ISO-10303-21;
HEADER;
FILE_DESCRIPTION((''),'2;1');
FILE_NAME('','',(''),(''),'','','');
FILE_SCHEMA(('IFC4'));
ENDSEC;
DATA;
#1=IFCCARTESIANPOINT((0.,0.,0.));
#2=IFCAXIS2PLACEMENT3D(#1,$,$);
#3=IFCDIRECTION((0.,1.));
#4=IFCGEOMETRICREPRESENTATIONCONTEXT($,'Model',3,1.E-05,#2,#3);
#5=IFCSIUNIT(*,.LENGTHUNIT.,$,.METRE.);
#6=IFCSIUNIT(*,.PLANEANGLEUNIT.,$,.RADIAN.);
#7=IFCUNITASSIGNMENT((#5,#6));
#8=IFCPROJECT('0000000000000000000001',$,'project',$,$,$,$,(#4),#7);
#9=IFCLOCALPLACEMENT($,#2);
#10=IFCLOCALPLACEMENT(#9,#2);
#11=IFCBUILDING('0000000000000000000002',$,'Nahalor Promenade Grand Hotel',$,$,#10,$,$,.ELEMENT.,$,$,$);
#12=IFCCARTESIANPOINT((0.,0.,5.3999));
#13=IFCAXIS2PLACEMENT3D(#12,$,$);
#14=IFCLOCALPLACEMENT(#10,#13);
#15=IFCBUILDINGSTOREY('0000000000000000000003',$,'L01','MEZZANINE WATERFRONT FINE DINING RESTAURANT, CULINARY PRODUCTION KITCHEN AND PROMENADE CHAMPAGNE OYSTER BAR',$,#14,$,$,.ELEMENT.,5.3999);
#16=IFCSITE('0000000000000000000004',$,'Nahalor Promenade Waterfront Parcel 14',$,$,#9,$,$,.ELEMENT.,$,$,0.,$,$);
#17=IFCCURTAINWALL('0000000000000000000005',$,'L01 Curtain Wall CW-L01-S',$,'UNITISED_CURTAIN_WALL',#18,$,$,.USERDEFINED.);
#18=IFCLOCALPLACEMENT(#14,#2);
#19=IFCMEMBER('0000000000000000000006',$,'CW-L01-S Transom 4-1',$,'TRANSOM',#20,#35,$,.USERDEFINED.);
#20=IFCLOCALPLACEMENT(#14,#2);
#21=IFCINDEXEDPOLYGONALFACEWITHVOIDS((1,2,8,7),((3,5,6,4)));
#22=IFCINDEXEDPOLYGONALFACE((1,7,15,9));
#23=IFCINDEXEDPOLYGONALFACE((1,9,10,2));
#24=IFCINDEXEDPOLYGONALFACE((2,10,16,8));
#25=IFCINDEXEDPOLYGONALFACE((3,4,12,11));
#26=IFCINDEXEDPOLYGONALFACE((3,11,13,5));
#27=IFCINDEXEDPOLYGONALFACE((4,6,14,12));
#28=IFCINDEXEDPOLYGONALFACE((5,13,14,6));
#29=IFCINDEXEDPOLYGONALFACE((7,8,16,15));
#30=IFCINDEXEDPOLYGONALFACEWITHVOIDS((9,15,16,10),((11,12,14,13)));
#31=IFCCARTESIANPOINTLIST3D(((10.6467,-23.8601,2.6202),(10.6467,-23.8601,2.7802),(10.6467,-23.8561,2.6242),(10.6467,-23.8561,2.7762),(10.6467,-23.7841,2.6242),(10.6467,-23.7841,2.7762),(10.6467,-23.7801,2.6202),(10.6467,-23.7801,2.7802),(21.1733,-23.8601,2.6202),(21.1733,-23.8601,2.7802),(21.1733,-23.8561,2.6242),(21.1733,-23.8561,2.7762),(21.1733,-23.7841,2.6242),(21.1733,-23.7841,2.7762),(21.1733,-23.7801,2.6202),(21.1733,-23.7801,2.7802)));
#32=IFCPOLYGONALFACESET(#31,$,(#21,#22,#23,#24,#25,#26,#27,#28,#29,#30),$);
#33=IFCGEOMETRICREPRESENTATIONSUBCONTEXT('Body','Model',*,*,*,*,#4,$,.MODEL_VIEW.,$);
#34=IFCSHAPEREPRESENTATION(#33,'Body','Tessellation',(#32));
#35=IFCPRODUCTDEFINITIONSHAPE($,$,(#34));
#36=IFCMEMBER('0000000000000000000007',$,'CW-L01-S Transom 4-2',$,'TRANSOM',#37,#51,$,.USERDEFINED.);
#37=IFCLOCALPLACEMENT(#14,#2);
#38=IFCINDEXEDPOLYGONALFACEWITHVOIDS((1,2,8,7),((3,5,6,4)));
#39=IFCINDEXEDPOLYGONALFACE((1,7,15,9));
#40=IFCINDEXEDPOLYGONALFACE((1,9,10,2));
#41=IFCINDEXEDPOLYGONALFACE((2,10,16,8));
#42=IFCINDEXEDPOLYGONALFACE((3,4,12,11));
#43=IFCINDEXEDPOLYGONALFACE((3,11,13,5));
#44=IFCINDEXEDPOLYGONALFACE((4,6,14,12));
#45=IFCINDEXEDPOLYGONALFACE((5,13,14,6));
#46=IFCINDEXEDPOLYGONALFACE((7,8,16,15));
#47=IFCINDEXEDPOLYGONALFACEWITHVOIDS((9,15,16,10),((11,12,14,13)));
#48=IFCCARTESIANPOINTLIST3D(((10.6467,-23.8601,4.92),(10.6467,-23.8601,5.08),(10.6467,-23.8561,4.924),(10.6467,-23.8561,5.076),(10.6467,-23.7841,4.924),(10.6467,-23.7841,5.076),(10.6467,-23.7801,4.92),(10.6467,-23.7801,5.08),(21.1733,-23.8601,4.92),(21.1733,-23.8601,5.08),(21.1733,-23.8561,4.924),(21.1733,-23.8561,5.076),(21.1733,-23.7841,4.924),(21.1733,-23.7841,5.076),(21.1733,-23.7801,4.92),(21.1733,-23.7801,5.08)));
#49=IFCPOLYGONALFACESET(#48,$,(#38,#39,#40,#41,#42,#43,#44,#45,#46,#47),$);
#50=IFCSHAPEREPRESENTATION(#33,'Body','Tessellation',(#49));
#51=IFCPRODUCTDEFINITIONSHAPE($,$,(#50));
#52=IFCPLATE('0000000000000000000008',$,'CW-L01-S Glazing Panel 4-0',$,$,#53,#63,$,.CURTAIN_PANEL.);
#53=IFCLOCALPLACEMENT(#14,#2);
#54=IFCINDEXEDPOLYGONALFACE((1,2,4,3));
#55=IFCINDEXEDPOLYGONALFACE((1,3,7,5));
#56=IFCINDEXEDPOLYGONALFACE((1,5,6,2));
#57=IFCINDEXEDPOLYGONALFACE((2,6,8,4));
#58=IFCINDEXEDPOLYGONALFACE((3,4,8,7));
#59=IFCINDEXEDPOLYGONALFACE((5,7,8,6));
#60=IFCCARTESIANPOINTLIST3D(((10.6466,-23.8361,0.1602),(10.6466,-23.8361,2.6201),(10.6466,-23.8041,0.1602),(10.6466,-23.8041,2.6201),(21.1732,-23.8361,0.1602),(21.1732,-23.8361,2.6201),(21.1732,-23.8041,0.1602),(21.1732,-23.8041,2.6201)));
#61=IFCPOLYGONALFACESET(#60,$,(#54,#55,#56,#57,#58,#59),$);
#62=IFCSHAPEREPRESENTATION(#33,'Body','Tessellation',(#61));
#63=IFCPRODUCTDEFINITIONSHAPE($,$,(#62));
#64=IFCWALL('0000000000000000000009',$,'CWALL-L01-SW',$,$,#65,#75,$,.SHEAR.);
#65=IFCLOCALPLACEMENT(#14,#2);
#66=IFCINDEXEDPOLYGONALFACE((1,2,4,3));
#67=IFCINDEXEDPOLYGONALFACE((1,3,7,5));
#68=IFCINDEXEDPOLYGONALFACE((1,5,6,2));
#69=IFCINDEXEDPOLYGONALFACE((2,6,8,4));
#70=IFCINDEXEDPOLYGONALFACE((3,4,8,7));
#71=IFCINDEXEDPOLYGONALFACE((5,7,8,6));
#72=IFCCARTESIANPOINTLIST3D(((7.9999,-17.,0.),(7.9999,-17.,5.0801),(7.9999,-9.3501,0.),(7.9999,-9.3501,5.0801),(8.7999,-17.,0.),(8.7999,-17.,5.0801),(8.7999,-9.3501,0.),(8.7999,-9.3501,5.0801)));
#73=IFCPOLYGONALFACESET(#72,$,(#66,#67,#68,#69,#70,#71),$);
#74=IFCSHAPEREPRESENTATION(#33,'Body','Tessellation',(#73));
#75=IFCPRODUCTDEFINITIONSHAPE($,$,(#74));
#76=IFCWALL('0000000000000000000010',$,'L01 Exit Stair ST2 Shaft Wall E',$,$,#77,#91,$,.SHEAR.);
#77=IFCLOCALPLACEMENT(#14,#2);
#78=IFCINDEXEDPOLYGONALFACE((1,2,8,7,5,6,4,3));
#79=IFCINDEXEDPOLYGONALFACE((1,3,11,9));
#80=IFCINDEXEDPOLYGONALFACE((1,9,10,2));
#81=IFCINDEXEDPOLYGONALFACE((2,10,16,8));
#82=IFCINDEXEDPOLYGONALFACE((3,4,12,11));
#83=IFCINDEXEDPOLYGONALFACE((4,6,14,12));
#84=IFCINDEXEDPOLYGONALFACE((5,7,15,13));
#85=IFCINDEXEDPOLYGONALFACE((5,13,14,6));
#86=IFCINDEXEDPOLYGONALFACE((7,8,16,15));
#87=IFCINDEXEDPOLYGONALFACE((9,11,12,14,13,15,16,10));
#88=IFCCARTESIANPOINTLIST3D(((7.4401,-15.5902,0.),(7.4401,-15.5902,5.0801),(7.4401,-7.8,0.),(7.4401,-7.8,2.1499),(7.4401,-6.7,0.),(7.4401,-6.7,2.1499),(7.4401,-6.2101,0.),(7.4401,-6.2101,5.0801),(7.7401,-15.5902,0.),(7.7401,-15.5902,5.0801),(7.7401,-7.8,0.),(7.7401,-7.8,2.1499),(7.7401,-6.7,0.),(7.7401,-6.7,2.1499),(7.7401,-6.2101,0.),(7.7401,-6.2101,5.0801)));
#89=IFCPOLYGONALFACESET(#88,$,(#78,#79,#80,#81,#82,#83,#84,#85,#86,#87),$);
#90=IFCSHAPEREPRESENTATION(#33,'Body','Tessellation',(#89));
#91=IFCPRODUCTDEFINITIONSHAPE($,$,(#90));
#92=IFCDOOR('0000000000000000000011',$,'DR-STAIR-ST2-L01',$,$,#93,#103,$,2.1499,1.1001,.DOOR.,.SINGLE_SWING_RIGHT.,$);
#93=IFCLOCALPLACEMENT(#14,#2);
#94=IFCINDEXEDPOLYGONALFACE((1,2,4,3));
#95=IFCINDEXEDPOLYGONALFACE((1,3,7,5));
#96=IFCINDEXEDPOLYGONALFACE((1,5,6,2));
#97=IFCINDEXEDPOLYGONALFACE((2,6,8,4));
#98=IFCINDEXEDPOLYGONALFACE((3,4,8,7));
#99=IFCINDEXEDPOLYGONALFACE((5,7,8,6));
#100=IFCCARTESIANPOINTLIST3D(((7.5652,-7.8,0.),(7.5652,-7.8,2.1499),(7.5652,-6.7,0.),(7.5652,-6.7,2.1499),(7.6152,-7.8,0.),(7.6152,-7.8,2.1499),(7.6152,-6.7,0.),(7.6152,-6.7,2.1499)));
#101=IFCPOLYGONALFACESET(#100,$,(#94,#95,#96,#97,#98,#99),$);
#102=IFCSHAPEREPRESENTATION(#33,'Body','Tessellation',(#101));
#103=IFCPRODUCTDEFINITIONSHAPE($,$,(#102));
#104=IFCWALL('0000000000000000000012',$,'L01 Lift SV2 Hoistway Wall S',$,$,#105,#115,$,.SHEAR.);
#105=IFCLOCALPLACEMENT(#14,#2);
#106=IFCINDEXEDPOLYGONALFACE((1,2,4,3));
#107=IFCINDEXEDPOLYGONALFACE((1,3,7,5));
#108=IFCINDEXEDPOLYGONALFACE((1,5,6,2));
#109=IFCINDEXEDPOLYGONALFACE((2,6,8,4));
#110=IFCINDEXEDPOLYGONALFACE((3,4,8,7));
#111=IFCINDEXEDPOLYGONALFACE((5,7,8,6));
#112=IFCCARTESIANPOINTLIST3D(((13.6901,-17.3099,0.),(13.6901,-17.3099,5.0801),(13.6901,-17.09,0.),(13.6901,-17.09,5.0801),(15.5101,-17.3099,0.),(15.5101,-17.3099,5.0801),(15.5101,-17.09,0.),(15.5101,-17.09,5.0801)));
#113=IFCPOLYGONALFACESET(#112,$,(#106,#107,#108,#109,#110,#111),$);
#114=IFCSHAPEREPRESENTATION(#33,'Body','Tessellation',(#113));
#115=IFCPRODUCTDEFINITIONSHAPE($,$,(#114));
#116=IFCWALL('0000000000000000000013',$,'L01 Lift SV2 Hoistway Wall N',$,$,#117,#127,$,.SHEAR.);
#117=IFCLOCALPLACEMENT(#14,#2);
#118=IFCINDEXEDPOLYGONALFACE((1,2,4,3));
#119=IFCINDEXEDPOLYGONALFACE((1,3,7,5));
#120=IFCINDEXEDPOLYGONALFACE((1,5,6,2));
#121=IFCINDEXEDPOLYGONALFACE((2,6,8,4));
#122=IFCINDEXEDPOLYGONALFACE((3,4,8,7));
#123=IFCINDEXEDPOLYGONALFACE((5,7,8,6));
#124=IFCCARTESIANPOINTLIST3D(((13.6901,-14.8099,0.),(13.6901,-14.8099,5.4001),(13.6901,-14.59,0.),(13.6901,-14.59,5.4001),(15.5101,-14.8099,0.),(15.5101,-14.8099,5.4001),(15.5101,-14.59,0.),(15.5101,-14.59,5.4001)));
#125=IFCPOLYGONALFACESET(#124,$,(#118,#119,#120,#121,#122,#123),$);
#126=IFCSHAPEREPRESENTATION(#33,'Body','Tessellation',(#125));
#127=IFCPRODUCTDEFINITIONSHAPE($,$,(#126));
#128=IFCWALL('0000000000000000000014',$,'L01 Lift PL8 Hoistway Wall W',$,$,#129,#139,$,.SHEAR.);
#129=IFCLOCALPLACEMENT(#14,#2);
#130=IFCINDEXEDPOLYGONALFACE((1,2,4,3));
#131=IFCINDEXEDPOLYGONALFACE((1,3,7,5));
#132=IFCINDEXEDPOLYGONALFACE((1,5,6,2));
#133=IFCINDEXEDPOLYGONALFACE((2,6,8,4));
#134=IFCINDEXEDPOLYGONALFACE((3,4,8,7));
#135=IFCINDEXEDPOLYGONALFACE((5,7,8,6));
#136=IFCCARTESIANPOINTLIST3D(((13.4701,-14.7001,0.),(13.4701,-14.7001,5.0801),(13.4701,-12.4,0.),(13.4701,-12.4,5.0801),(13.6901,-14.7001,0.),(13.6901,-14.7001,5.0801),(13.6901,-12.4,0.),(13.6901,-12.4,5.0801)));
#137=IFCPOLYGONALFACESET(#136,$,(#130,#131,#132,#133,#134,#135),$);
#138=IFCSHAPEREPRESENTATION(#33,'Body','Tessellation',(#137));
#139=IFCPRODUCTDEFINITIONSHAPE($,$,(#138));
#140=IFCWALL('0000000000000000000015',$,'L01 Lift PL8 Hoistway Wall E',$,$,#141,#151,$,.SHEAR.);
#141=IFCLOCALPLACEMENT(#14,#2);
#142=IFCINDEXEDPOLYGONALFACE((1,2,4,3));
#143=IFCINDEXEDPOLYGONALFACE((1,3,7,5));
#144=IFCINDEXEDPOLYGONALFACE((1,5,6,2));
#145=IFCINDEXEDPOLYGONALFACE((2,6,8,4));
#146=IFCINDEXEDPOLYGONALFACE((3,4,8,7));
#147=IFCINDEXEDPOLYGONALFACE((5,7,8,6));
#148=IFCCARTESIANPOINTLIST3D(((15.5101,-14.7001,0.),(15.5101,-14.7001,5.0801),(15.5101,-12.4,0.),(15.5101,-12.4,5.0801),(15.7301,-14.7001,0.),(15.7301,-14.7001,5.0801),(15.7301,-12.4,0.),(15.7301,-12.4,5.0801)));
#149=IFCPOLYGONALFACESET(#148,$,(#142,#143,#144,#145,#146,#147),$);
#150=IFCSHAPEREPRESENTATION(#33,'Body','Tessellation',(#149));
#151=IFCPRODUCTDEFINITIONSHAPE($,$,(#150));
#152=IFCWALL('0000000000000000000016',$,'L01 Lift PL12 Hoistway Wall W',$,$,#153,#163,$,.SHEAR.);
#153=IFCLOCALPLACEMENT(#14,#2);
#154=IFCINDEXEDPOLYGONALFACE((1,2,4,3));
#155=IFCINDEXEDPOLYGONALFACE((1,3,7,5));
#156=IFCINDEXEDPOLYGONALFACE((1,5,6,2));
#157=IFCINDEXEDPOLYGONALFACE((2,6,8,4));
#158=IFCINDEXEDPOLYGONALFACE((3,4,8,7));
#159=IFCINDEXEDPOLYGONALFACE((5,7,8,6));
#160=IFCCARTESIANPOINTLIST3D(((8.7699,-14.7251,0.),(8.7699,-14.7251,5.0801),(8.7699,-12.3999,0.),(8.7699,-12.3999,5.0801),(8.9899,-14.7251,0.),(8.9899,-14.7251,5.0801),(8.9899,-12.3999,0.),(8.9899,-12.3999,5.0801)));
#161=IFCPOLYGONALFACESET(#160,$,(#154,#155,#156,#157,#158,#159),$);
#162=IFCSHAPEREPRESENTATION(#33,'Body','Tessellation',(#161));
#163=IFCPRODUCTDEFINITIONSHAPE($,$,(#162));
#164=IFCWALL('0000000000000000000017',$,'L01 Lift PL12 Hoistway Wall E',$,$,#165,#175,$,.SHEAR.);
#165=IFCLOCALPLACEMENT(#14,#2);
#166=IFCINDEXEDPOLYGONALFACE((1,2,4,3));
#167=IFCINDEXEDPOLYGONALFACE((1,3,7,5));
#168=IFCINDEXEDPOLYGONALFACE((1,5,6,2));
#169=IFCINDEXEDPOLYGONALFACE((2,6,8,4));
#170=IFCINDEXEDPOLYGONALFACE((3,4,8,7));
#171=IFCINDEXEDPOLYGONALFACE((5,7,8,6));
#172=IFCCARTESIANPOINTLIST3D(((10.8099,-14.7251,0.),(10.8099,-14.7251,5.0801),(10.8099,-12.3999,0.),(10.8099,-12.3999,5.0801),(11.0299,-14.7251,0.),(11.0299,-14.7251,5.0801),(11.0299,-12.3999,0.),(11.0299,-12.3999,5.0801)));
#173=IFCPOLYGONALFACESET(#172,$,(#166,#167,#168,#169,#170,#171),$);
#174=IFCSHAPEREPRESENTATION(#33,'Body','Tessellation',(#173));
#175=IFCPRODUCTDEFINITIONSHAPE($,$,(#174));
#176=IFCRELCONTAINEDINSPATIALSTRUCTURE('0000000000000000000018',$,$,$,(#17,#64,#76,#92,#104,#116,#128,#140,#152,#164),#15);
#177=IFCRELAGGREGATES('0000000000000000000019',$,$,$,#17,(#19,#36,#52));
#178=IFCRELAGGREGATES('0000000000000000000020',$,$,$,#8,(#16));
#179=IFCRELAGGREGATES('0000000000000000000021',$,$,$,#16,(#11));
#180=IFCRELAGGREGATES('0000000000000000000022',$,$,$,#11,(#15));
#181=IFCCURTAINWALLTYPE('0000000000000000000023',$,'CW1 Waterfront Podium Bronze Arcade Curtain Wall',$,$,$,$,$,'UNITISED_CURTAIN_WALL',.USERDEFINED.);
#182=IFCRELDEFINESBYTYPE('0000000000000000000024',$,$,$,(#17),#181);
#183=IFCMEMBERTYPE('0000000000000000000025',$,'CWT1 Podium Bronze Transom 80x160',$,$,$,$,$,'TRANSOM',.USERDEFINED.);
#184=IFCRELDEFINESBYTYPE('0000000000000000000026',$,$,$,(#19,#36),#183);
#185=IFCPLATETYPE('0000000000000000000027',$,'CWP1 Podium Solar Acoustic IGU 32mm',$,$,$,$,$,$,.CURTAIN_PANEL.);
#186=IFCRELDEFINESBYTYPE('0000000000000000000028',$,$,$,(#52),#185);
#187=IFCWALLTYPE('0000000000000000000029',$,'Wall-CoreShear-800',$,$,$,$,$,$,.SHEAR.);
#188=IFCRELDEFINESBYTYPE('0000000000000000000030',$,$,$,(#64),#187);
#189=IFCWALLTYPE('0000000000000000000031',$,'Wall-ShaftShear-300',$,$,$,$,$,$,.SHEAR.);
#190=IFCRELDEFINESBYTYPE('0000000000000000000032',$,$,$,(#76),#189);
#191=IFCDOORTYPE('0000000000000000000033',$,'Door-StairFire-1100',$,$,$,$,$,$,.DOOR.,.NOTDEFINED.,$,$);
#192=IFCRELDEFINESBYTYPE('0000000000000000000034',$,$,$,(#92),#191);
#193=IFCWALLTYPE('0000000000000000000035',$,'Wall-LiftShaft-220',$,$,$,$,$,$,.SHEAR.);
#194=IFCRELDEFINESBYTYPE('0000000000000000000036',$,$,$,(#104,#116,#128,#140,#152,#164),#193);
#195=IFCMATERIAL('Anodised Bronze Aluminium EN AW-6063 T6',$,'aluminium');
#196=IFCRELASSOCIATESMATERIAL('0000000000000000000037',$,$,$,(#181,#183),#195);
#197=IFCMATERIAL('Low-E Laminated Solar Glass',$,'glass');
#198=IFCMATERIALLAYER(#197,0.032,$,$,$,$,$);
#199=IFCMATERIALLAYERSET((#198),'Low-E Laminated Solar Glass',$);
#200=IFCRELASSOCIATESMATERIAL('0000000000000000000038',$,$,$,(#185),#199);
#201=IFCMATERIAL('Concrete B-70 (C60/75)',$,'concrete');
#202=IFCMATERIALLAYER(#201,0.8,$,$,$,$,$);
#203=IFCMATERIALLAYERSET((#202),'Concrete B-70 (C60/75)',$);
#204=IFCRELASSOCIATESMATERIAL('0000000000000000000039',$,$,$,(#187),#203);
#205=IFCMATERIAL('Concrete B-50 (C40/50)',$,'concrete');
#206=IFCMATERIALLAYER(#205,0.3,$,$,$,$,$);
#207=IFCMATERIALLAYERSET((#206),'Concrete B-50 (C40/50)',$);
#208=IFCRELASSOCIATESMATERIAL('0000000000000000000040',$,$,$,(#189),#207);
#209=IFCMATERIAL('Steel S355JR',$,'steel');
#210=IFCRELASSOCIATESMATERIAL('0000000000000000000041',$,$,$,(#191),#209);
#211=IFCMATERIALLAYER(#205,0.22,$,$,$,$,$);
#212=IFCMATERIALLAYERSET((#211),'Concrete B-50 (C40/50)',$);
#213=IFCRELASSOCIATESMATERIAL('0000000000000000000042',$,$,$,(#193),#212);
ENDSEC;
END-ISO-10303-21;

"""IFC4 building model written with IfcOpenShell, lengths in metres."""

from ifc_helpers import new_model, si_unit, direction, frame, frame_2d, origin, origin_2d, place, context, subcontext, project, spatial, rectangle, hollow_rectangle, extrude, source, transform, mapped, material, layer, layer_set, material_profile, profile_set, type_object, element, fill, aggregate, save


model = new_model("IFC4")

# Units and contexts
model_context = context("Model", 3, precision=1e-05, world=origin(), true_north=direction((0.0, 1.0)))
body_context = subcontext(model_context, "Body", "Model", "MODEL_VIEW")
ifc_project = project(units=[si_unit("LENGTHUNIT", "METRE"), si_unit("PLANEANGLEUNIT", "RADIAN")], contexts=[model_context])

# Site, building, storey
site_placement = place(None, origin())
site = spatial("IfcSite", under=ifc_project, at=site_placement, Name="Nahalor Promenade Waterfront Parcel 14", CompositionType="ELEMENT", RefElevation=0.0)
building_placement = place(site_placement, origin())
building = spatial("IfcBuilding", under=site, at=building_placement, Name="Nahalor Promenade Grand Hotel", CompositionType="ELEMENT")
storey_placement = place(building_placement, frame((0.0, 0.0, 5.3999)))
storey = spatial("IfcBuildingStorey", under=building, at=storey_placement, Name="L01", Description="MEZZANINE WATERFRONT FINE DINING RESTAURANT, CULINARY PRODUCTION KITCHEN AND PROMENADE CHAMPAGNE OYSTER BAR", CompositionType="ELEMENT", Elevation=5.3999)

# Shared definitions
ifc_material_1 = material(Name="Concrete B-70 (C60/75)", Category="concrete")

# Shared definitions
ifc_material_2 = material(Name="Steel S355JR", Category="steel")

# Curtain wall, members, plate
ifc_material_3 = material(Name="Anodised Bronze Aluminium EN AW-6063 T6", Category="aluminium")
curtain_wall_type = type_object("IfcCurtainWallType", Name="CW1 Waterfront Podium Bronze Arcade Curtain Wall", ElementType="UNITISED_CURTAIN_WALL", PredefinedType="USERDEFINED", material=ifc_material_3)
curtain_wall_placement = place(storey_placement, origin())
curtain_wall = element("IfcCurtainWall", 1, at=curtain_wall_placement, inside=storey, type_object=curtain_wall_type, Name="L01 Curtain Wall CW-L01-S", ObjectType="UNITISED_CURTAIN_WALL", PredefinedType="USERDEFINED")
ifc_material_profile_1 = material_profile(ifc_material_3, hollow_rectangle(XDim=0.08, YDim=0.16, WallThickness=0.004, at=origin_2d()), Name="CWT 80x160x4")
ifc_profile_set_1 = profile_set([ifc_material_profile_1], Name="Anodised Bronze Aluminium EN AW-6063 T6")
member_type_1 = type_object("IfcMemberType", Name="CWT1 Podium Bronze Transom 80x160", ElementType="TRANSOM", PredefinedType="USERDEFINED", material=ifc_profile_set_1)
shared_shape_1 = source(origin(), body_context, "Body", "SweptSolid", [
    extrude(hollow_rectangle(XDim=0.08, YDim=0.16, WallThickness=0.004, at=origin_2d()), origin(), (0.0, 0.0, 1.0), 10.5266),
])
member_1_placement = place(storey_placement, frame((10.6467, -23.8201, 2.7002), z_axis=(1.0, 0.0, 0.0), x_axis=(0.0, 1.0, 0.0)))
member_1 = element("IfcMember", 2, at=member_1_placement, type_object=member_type_1, Name="CW-L01-S Transom 4-1", ObjectType="TRANSOM", PredefinedType="USERDEFINED", context=body_context, shape_type="MappedRepresentation", body=[
    mapped(shared_shape_1, transform((0.0, 0.0, 0.0), scale=1.0)),
])
member_2_placement = place(storey_placement, frame((10.6467, -23.8201, 5.0), z_axis=(1.0, 0.0, 0.0), x_axis=(0.0, 1.0, 0.0)))
member_2 = element("IfcMember", 3, at=member_2_placement, type_object=member_type_1, Name="CW-L01-S Transom 4-2", ObjectType="TRANSOM", PredefinedType="USERDEFINED", context=body_context, shape_type="MappedRepresentation", body=[
    mapped(shared_shape_1, transform((0.0, 0.0, 0.0), scale=1.0)),
])
ifc_material_4 = material(Name="Low-E Laminated Solar Glass", Category="glass")
ifc_layer_1 = layer(ifc_material_4, 0.032)
ifc_layer_set_1 = layer_set([ifc_layer_1], Name="Low-E Laminated Solar Glass")
plate_type = type_object("IfcPlateType", Name="CWP1 Podium Solar Acoustic IGU 32mm", PredefinedType="CURTAIN_PANEL", material=ifc_layer_set_1)
shared_shape_2 = source(origin(), body_context, "Body", "SweptSolid", [
    extrude(rectangle(XDim=10.5266, YDim=0.032, at=origin_2d()), origin(), (0.0, 0.0, 1.0), 2.46),
])
plate_placement = place(storey_placement, frame((15.9099, -23.8201, 0.1602), z_axis=(0.0, 0.0, 1.0), x_axis=(1.0, 0.0, 0.0)))
plate = element("IfcPlate", 4, at=plate_placement, type_object=plate_type, Name="CW-L01-S Glazing Panel 4-0", PredefinedType="CURTAIN_PANEL", context=body_context, shape_type="MappedRepresentation", body=[
    mapped(shared_shape_2, transform((0.0, 0.0, 0.0), scale=1.0)),
])
aggregate(curtain_wall, [member_1, member_2, plate])

# Wall
ifc_layer_2 = layer(ifc_material_1, 0.8)
ifc_layer_set_2 = layer_set([ifc_layer_2], Name="Concrete B-70 (C60/75)")
wall_type_1 = type_object("IfcWallType", Name="Wall-CoreShear-800", PredefinedType="SHEAR", material=ifc_layer_set_2)
shared_shape_3 = source(origin(), body_context, "Body", "SweptSolid", [
    extrude(rectangle(XDim=7.6499, YDim=0.8, at=frame_2d((3.825, 0.0))), origin(), (0.0, 0.0, 1.0), 5.0801),
])
wall_1_placement = place(storey_placement, frame((8.3999, -17.0, 0.0), z_axis=(0.0, 0.0, 1.0), x_axis=(0.0, 1.0, 0.0)))
element("IfcWall", 5, at=wall_1_placement, inside=storey, type_object=wall_type_1, Name="CWALL-L01-SW", PredefinedType="SHEAR", context=body_context, shape_type="MappedRepresentation", body=[
    mapped(shared_shape_3, transform((0.0, 0.0, 0.0), scale=1.0)),
])

# Wall, opening, door
ifc_material_5 = material(Name="Concrete B-50 (C40/50)", Category="concrete")
ifc_layer_3 = layer(ifc_material_5, 0.3)
ifc_layer_set_3 = layer_set([ifc_layer_3], Name="Concrete B-50 (C40/50)")
wall_type_2 = type_object("IfcWallType", Name="Wall-ShaftShear-300", PredefinedType="SHEAR", material=ifc_layer_set_3)
shared_shape_4 = source(origin(), body_context, "Body", "SweptSolid", [
    extrude(rectangle(XDim=9.3801, YDim=0.3, at=frame_2d((4.6899, 0.0))), origin(), (0.0, 0.0, 1.0), 5.0801),
])
wall_2_placement = place(storey_placement, frame((7.5901, -15.5901, 0.0), z_axis=(0.0, 0.0, 1.0), x_axis=(0.0, 1.0, 0.0)))
wall_2 = element("IfcWall", 6, at=wall_2_placement, inside=storey, type_object=wall_type_2, Name="L01 Exit Stair ST2 Shaft Wall E", PredefinedType="SHEAR", context=body_context, shape_type="MappedRepresentation", body=[
    mapped(shared_shape_4, transform((0.0, 0.0, 0.0), scale=1.0)),
])
opening_1_placement = place(wall_2_placement, frame((7.79, 0.0, 0.0)))
opening_1 = element("IfcOpeningElement", 7, at=opening_1_placement, cuts=wall_2, PredefinedType="OPENING", context=body_context, shape_type="SweptSolid", body=[
    extrude(rectangle(XDim=1.1001, YDim=2.1499, at=frame_2d((0.55, 1.075))), frame((0.0, 0.1599, 0.0), z_axis=(0.0, -1.0, 0.0), x_axis=(1.0, 0.0, 0.0)), (0.0, 0.0, 1.0), 0.3201),
])
door_type_1 = type_object("IfcDoorType", Name="Door-StairFire-1100", OperationType="NOTDEFINED", PredefinedType="DOOR", material=ifc_material_2)
shared_shape_5 = source(origin(), body_context, "Body", "SweptSolid", [
    extrude(rectangle(XDim=1.1001, YDim=2.1499, at=frame_2d((0.55, 1.075))), frame((0.0, 0.0249, 0.0), z_axis=(0.0, -1.0, 0.0), x_axis=(1.0, 0.0, 0.0)), (0.0, 0.0, 1.0), 0.05),
])
door_1_placement = place(opening_1_placement, origin())
door_1 = element("IfcDoor", 8, at=door_1_placement, inside=storey, type_object=door_type_1, Name="DR-STAIR-ST2-L01", OperationType="SINGLE_SWING_RIGHT", OverallHeight=2.1499, OverallWidth=1.1001, PredefinedType="DOOR", context=body_context, shape_type="MappedRepresentation", body=[
    mapped(shared_shape_5, transform((0.0, 0.0, 0.0), scale=1.0)),
])
fill(opening_1, door_1)

# Walls
ifc_layer_4 = layer(ifc_material_5, 0.22)
ifc_layer_set_4 = layer_set([ifc_layer_4], Name="Concrete B-50 (C40/50)")
wall_type_3 = type_object("IfcWallType", Name="Wall-LiftShaft-220", PredefinedType="SHEAR", material=ifc_layer_set_4)
shared_shape_6 = source(origin(), body_context, "Body", "SweptSolid", [
    extrude(rectangle(XDim=1.8201, YDim=0.22, at=frame_2d((0.9102, 0.0))), origin(), (0.0, 0.0, 1.0), 5.0801),
])
wall_3_placement = place(storey_placement, frame((13.6899, -17.2, 0.0), z_axis=(0.0, 0.0, 1.0), x_axis=(1.0, 0.0, 0.0)))
element("IfcWall", 9, at=wall_3_placement, inside=storey, type_object=wall_type_3, Name="L01 Lift SV2 Hoistway Wall S", PredefinedType="SHEAR", context=body_context, shape_type="MappedRepresentation", body=[
    mapped(shared_shape_6, transform((0.0, 0.0, 0.0), scale=1.0)),
])
shared_shape_7 = source(origin(), body_context, "Body", "SweptSolid", [
    extrude(rectangle(XDim=1.8201, YDim=0.22, at=frame_2d((0.9102, 0.0))), origin(), (0.0, 0.0, 1.0), 5.4001),
])
wall_4_placement = place(storey_placement, frame((13.6899, -14.7, 0.0), z_axis=(0.0, 0.0, 1.0), x_axis=(1.0, 0.0, 0.0)))
element("IfcWall", 10, at=wall_4_placement, inside=storey, type_object=wall_type_3, Name="L01 Lift SV2 Hoistway Wall N", PredefinedType="SHEAR", context=body_context, shape_type="MappedRepresentation", body=[
    mapped(shared_shape_7, transform((0.0, 0.0, 0.0), scale=1.0)),
])
shared_shape_8 = source(origin(), body_context, "Body", "SweptSolid", [
    extrude(rectangle(XDim=2.3, YDim=0.22, at=frame_2d((1.1499, 0.0))), origin(), (0.0, 0.0, 1.0), 5.0801),
])
for number, where, z_axis, x_axis, name in (
    (11, (13.5801, -14.7, 0.0), (0.0, 0.0, 1.0), (0.0, 1.0, 0.0), "L01 Lift PL8 Hoistway Wall W"),
    (12, (15.6201, -14.7, 0.0), (0.0, 0.0, 1.0), (0.0, 1.0, 0.0), "L01 Lift PL8 Hoistway Wall E"),
):
    element("IfcWall", number, at=place(storey_placement, frame(where, z_axis=z_axis, x_axis=x_axis)), inside=storey, type_object=wall_type_3, Name=name, PredefinedType="SHEAR", context=body_context, shape_type="MappedRepresentation", body=[
        mapped(shared_shape_8, transform((0.0, 0.0, 0.0), scale=1.0)),
    ])
shared_shape_9 = source(origin(), body_context, "Body", "SweptSolid", [
    extrude(rectangle(XDim=2.3252, YDim=0.22, at=frame_2d((1.1626, 0.0))), origin(), (0.0, 0.0, 1.0), 5.0801),
])
for number, where, z_axis, x_axis, name in (
    (13, (8.8799, -14.7251, 0.0), (0.0, 0.0, 1.0), (0.0, 1.0, 0.0), "L01 Lift PL12 Hoistway Wall W"),
    (14, (10.9199, -14.7251, 0.0), (0.0, 0.0, 1.0), (0.0, 1.0, 0.0), "L01 Lift PL12 Hoistway Wall E"),
):
    element("IfcWall", number, at=place(storey_placement, frame(where, z_axis=z_axis, x_axis=x_axis)), inside=storey, type_object=wall_type_3, Name=name, PredefinedType="SHEAR", context=body_context, shape_type="MappedRepresentation", body=[
        mapped(shared_shape_9, transform((0.0, 0.0, 0.0), scale=1.0)),
    ])

save(model, "model.ifc")
